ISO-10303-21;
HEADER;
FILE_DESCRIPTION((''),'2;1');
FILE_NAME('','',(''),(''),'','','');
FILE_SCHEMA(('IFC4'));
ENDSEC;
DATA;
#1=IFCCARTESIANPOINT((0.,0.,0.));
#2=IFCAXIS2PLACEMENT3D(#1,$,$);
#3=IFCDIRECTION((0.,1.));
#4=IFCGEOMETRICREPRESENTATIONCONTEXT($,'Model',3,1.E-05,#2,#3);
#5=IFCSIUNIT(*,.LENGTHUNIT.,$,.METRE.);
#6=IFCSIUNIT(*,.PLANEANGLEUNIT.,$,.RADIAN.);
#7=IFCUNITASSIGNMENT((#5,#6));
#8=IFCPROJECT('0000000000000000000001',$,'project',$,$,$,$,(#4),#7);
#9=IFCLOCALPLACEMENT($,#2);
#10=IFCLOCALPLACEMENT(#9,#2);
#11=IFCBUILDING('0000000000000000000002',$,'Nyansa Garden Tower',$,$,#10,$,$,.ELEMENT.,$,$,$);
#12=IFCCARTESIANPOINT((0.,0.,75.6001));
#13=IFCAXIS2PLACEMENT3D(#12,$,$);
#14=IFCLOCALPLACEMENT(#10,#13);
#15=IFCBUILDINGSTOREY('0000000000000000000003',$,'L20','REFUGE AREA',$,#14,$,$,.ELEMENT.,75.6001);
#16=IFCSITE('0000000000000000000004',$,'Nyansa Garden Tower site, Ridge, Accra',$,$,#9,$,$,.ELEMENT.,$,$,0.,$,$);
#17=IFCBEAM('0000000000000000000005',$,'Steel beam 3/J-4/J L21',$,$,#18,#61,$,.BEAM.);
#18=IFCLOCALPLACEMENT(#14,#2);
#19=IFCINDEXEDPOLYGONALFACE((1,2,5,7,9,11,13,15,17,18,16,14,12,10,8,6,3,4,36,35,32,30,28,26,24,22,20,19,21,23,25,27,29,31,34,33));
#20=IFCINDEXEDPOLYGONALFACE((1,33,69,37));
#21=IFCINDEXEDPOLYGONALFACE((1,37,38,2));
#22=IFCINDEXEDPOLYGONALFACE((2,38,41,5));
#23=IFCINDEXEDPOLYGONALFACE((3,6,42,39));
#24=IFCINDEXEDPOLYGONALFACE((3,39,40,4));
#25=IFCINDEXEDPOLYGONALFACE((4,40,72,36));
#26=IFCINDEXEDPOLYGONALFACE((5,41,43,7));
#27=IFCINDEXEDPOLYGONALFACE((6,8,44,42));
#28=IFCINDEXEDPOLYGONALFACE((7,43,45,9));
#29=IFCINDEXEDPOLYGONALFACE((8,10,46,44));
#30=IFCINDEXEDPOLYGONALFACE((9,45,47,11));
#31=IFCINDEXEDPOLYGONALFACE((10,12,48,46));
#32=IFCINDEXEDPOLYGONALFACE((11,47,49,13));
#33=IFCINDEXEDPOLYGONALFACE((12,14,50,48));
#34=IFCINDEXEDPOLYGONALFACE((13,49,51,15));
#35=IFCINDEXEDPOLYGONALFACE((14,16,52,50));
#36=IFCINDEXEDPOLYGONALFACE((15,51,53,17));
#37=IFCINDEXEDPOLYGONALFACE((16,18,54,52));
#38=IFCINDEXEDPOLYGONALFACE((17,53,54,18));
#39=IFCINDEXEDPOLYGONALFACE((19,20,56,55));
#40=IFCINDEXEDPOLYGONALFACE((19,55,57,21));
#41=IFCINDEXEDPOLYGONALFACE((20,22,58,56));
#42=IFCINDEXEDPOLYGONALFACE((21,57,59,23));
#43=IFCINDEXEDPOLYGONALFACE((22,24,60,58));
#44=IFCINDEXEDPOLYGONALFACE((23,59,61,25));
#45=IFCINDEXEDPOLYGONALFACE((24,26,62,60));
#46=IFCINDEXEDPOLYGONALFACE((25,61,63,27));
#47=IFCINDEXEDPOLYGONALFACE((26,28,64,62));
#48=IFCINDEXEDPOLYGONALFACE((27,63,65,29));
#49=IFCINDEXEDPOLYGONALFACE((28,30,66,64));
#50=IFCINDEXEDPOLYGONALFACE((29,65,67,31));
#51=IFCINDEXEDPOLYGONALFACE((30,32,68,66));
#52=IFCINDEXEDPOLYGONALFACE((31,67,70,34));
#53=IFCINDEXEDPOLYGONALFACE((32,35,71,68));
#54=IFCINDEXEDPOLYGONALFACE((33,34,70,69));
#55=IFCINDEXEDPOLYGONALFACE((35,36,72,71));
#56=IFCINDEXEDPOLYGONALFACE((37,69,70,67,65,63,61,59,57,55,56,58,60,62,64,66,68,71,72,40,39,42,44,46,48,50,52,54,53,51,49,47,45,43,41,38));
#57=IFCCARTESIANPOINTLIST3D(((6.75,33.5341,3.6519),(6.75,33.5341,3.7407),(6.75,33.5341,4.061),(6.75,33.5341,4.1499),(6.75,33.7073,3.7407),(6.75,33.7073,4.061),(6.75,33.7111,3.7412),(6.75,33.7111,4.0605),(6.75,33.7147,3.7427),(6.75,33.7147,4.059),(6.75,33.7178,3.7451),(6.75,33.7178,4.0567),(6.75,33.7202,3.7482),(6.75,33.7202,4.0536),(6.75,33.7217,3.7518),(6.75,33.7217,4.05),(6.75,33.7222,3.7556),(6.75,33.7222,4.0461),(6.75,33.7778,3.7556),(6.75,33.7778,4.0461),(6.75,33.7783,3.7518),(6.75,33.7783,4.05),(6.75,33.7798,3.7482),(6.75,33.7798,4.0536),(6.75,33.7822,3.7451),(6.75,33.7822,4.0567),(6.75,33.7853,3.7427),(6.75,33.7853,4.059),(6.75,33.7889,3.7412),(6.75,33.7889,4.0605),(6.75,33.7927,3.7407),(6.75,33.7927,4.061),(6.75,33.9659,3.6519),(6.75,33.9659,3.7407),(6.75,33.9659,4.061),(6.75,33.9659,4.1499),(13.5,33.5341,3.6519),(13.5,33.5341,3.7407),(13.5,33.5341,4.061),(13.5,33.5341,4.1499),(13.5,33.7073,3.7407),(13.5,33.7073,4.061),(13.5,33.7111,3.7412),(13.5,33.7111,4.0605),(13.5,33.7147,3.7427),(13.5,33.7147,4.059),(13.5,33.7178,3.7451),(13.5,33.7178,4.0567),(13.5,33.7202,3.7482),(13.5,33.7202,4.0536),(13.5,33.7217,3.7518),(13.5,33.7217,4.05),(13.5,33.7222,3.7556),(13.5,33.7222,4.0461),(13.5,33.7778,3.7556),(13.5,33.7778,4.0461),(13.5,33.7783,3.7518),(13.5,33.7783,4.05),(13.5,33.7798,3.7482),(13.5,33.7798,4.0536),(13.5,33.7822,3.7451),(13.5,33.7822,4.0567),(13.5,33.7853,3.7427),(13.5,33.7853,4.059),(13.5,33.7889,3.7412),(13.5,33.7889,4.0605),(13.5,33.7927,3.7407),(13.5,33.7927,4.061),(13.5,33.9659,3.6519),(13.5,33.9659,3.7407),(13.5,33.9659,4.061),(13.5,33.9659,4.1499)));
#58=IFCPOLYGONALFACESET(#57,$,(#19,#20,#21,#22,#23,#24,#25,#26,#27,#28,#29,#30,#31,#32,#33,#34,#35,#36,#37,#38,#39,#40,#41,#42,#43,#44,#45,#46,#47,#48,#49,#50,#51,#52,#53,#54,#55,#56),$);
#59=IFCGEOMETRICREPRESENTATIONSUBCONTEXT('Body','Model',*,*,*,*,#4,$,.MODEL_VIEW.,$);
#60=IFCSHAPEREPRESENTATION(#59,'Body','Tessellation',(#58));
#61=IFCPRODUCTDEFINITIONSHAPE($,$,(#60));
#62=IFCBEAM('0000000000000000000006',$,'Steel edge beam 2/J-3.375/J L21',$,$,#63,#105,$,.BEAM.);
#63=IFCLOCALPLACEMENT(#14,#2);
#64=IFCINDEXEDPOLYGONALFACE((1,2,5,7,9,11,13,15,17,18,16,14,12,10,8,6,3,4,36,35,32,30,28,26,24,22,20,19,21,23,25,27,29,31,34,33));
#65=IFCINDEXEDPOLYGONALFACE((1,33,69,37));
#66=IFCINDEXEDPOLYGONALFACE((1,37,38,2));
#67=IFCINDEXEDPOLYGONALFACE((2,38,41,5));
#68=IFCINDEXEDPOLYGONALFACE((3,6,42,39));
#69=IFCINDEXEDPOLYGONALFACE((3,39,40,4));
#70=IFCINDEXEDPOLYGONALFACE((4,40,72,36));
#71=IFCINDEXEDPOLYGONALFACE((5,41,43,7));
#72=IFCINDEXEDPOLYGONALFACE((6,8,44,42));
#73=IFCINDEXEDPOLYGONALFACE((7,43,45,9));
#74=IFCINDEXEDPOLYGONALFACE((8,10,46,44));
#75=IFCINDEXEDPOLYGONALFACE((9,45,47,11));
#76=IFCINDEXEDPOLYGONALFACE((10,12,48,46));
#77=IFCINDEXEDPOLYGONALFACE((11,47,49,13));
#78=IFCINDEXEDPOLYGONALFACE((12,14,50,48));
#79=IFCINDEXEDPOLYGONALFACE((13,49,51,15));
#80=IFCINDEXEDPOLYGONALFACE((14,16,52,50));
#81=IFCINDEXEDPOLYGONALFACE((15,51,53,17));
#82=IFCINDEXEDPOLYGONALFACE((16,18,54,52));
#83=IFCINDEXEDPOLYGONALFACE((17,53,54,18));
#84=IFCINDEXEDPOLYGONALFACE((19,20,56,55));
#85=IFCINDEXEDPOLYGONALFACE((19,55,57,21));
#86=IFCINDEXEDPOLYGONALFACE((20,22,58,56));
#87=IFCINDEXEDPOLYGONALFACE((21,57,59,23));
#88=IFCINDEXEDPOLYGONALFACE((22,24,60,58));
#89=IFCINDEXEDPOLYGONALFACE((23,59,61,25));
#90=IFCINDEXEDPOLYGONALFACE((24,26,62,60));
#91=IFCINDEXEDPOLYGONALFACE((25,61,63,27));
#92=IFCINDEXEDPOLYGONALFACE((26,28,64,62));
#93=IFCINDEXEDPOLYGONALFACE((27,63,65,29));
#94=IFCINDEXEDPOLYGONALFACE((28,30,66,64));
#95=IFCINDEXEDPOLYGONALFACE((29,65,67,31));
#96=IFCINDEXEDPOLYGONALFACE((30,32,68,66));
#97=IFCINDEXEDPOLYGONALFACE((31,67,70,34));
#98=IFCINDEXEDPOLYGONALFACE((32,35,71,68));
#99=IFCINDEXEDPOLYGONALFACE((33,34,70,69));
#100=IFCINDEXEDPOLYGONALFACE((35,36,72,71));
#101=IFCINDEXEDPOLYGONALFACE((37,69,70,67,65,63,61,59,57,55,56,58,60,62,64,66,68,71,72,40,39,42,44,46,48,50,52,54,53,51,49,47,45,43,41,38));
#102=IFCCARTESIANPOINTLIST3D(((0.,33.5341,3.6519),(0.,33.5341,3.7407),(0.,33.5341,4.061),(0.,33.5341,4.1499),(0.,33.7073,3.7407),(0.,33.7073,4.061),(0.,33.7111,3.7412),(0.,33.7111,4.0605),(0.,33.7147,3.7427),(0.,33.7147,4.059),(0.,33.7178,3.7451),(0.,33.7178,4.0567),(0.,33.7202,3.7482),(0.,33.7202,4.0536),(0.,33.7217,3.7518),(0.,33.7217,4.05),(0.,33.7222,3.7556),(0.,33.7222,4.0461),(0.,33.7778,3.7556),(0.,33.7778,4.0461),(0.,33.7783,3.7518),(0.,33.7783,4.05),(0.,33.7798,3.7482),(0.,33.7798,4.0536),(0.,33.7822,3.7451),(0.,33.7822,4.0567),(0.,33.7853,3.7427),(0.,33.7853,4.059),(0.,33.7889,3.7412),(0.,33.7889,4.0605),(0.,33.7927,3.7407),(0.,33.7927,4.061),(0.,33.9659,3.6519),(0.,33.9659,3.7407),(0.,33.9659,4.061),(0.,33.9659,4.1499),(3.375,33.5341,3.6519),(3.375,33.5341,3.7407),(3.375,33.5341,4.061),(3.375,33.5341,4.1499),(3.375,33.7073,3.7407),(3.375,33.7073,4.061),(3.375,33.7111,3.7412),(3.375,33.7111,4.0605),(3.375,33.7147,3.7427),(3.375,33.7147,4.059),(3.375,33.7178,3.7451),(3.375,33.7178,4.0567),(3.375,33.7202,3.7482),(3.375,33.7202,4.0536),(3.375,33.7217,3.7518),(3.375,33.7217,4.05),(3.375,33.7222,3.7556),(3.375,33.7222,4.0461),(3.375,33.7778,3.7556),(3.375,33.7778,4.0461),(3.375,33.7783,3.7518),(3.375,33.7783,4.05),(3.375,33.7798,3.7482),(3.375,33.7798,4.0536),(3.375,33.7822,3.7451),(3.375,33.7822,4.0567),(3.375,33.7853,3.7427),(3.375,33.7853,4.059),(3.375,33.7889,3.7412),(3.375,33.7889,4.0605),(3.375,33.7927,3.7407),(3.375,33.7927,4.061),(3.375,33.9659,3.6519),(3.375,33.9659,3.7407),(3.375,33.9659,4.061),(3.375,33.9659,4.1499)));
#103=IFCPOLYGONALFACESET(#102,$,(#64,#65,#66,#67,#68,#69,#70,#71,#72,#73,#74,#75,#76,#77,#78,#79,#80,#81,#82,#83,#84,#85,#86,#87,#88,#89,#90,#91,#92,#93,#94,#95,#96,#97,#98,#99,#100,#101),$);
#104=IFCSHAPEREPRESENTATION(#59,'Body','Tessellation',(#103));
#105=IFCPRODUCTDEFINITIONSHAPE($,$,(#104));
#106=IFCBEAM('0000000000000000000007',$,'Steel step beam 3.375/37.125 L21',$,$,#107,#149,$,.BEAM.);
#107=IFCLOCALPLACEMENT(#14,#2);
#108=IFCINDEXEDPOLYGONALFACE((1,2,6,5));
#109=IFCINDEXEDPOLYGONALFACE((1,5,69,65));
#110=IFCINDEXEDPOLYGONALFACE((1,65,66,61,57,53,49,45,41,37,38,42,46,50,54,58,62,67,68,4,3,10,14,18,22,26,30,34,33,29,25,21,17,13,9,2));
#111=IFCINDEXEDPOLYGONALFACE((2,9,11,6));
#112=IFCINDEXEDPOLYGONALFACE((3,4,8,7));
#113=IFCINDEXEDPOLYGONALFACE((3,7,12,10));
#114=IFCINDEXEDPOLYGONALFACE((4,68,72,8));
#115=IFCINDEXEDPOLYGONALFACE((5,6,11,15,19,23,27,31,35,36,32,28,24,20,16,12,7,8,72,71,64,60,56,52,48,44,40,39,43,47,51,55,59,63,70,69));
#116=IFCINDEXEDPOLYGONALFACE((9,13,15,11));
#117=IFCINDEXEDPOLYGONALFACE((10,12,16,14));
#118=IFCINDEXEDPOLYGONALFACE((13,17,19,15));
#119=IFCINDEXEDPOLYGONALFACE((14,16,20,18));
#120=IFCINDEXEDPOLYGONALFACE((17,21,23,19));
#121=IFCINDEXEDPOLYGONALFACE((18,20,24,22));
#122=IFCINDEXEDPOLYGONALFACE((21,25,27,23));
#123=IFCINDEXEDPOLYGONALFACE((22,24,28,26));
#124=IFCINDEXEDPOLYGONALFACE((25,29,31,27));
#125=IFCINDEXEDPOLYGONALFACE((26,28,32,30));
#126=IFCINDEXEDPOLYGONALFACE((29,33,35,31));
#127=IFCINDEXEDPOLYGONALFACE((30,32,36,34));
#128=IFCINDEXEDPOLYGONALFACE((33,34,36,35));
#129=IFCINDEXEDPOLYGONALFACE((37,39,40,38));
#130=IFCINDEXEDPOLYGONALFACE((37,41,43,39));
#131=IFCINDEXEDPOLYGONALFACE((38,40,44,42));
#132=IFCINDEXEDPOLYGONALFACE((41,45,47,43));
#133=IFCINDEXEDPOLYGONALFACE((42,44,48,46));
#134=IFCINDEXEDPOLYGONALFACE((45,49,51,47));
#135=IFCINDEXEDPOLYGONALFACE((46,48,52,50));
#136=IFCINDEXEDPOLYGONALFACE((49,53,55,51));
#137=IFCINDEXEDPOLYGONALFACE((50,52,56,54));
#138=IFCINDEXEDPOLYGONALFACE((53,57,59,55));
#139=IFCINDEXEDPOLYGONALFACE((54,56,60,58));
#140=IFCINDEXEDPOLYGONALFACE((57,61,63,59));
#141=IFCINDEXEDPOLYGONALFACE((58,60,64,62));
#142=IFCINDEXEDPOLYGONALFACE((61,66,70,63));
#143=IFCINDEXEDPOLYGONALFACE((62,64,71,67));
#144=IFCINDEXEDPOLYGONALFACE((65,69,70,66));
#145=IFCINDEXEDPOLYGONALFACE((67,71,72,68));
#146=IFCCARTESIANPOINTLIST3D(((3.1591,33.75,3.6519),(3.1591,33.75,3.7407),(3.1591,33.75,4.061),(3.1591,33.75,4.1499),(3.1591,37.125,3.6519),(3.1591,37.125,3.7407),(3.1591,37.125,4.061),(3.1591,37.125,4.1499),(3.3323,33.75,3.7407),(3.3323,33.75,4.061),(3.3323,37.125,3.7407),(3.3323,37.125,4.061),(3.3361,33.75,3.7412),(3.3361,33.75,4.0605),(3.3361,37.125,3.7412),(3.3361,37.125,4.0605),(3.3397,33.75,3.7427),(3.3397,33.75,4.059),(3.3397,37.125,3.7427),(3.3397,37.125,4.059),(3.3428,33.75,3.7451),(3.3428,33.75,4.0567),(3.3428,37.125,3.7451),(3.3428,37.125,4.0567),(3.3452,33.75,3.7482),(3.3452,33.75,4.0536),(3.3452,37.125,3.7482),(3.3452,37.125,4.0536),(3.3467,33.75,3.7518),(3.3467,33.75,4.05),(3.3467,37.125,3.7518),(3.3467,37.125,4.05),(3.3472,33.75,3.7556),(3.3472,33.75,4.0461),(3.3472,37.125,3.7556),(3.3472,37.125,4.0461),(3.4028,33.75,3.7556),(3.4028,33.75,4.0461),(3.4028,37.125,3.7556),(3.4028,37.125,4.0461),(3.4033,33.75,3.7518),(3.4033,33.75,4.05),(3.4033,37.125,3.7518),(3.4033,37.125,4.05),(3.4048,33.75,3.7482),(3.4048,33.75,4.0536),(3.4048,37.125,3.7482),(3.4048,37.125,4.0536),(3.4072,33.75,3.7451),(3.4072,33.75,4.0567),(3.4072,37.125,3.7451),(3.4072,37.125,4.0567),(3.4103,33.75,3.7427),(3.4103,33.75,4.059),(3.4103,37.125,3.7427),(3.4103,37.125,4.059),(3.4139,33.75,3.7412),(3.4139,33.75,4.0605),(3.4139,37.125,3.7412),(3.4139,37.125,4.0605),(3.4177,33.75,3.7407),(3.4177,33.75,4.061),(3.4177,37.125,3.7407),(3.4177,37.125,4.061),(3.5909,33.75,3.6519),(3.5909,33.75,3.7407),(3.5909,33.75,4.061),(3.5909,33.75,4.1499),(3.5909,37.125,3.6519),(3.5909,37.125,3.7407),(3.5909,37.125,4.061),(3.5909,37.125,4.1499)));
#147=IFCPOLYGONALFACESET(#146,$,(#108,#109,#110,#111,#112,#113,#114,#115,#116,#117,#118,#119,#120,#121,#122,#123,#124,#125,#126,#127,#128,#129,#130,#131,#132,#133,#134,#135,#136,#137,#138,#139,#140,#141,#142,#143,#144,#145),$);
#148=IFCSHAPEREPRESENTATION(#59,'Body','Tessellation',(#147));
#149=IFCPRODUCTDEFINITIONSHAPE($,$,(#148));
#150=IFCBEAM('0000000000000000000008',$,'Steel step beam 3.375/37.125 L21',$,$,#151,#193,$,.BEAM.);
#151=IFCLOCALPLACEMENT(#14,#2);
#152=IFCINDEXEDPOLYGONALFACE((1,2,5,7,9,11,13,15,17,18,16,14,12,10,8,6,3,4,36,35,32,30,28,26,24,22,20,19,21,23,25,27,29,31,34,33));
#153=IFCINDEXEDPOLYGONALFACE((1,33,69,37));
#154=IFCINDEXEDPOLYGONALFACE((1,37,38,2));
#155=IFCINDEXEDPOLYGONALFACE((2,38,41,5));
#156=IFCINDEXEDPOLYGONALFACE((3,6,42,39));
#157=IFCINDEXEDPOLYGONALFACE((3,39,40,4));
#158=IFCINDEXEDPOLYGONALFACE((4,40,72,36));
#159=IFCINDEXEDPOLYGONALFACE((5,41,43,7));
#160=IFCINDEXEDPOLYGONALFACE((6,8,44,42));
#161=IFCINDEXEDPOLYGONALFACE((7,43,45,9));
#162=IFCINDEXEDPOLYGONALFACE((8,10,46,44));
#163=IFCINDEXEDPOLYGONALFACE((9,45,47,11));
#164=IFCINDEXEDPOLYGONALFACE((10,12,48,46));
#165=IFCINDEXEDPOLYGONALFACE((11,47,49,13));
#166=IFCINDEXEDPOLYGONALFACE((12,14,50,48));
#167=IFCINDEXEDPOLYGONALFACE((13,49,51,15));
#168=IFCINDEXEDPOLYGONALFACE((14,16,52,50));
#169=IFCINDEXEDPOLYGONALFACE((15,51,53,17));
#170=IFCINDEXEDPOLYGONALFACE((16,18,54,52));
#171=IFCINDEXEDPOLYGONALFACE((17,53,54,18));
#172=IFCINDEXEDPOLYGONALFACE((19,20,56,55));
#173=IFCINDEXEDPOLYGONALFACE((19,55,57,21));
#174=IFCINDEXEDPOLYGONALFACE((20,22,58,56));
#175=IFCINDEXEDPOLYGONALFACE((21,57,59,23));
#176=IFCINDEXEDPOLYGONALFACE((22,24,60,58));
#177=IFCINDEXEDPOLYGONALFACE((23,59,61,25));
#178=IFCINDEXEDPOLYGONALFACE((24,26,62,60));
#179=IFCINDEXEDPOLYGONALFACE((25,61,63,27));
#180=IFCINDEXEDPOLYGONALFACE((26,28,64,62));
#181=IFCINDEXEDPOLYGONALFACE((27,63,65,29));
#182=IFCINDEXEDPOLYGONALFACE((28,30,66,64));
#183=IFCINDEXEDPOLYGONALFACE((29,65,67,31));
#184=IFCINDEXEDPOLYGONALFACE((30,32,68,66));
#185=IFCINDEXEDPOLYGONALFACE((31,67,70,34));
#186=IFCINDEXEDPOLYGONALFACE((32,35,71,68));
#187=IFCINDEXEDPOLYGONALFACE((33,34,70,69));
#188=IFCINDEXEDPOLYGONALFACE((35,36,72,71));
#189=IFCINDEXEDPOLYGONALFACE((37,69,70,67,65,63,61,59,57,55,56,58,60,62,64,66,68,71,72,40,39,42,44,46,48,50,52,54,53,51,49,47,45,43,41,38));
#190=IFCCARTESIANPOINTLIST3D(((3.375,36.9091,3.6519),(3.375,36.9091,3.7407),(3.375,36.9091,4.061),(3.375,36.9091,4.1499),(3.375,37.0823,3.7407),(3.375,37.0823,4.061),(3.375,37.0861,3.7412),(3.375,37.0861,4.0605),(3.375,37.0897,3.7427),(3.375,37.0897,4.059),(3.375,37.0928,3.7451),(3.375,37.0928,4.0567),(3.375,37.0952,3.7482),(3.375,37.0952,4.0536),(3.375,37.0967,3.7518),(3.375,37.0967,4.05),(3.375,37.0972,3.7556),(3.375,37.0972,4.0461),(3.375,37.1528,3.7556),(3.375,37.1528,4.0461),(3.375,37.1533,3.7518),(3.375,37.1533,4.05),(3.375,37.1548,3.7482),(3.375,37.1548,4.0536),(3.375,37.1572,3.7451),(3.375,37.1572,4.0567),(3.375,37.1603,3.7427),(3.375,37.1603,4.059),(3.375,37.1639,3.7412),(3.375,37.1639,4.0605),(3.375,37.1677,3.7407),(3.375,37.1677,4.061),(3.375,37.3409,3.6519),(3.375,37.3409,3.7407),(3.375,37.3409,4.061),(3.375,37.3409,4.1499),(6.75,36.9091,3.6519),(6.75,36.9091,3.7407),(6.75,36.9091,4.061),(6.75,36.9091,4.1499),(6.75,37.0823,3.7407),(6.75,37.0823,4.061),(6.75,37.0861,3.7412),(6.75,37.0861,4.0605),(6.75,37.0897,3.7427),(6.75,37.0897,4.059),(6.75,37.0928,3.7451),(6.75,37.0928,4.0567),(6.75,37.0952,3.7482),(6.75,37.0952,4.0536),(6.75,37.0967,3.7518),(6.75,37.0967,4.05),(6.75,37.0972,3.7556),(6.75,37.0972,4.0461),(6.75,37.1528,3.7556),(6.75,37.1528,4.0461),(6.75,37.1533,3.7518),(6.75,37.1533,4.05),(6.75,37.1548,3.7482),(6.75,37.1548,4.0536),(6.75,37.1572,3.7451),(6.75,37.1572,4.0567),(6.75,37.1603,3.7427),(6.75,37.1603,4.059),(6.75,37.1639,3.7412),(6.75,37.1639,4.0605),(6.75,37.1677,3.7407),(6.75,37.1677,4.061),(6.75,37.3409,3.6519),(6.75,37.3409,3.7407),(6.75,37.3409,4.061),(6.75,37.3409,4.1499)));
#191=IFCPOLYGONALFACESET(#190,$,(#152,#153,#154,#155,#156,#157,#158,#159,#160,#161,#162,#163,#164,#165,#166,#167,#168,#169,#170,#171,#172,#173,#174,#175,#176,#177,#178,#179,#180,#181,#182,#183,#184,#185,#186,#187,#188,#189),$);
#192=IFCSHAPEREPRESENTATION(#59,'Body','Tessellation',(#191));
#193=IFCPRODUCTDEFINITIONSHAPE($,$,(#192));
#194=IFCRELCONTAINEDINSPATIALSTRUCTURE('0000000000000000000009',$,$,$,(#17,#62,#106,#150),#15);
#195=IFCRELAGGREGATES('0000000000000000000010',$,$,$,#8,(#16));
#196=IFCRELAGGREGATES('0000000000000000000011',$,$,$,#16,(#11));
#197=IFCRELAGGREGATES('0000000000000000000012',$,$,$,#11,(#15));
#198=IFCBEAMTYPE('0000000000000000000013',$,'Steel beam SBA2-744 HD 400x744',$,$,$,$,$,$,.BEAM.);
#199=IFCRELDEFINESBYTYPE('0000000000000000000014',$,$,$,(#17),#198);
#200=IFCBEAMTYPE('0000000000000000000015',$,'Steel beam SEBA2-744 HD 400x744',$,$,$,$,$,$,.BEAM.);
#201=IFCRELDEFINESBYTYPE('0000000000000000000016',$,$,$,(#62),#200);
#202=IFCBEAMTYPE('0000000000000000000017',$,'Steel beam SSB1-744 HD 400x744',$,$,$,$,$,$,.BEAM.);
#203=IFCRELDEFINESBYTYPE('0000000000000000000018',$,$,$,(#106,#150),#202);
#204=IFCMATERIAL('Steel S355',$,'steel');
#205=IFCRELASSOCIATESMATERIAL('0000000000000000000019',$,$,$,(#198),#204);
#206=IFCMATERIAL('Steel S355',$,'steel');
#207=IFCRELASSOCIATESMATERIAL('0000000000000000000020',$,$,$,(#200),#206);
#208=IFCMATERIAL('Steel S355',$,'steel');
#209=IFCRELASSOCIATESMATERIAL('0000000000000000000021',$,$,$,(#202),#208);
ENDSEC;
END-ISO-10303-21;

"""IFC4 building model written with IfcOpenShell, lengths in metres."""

from ifc_helpers import new_model, si_unit, direction, frame, origin, origin_2d, place, context, subcontext, project, spatial, i_section, extrude, material, material_profile, profile_set, type_object, element, save


model = new_model("IFC4")

# Units and contexts
model_context = context("Model", 3, precision=1e-05, world=origin(), true_north=direction((0.0, 1.0)))
body_context = subcontext(model_context, "Body", "Model", "MODEL_VIEW")
ifc_project = project(units=[si_unit("LENGTHUNIT", "METRE"), si_unit("PLANEANGLEUNIT", "RADIAN")], contexts=[model_context])

# Site, building, storey
site_placement = place(None, origin())
site = spatial("IfcSite", under=ifc_project, at=site_placement, Name="Nyansa Garden Tower site, Ridge, Accra", CompositionType="ELEMENT", RefElevation=0.0)
building_placement = place(site_placement, origin())
building = spatial("IfcBuilding", under=site, at=building_placement, Name="Nyansa Garden Tower", CompositionType="ELEMENT")
storey_placement = place(building_placement, frame((0.0, 0.0, 75.6001)))
storey = spatial("IfcBuildingStorey", under=building, at=storey_placement, Name="L20", Description="REFUGE AREA", CompositionType="ELEMENT", Elevation=75.6001)

# Beams
ifc_material_1 = material(Name="Steel S355", Category="steel")
ifc_material_profile_1 = material_profile(ifc_material_1, i_section(OverallWidth=0.4319, OverallDepth=0.498, WebThickness=0.0557, FlangeThickness=0.0889, FilletRadius=0.0149, at=origin_2d()), Name="HD 400x744")
ifc_profile_set_1 = profile_set([ifc_material_profile_1], Name="Steel S355")
beam_type_1 = type_object("IfcBeamType", Name="Steel beam SBA2-744 HD 400x744", PredefinedType="BEAM", material=ifc_profile_set_1)
beam_1_placement = place(storey_placement, frame((6.75, 33.75, 3.9009), z_axis=(1.0, 0.0, 0.0), x_axis=(0.0, 1.0, 0.0)))
element("IfcBeam", 1, at=beam_1_placement, inside=storey, type_object=beam_type_1, Name="Steel beam 3/J-4/J L21", PredefinedType="BEAM", context=body_context, shape_type="SweptSolid", body=[
    extrude(i_section(OverallWidth=0.4319, OverallDepth=0.498, WebThickness=0.0557, FlangeThickness=0.0889, FilletRadius=0.0149, at=origin_2d()), origin(), (0.0, 0.0, 1.0), 6.75),
])
ifc_material_2 = material(Name="Steel S355", Category="steel")
ifc_material_profile_2 = material_profile(ifc_material_2, i_section(OverallWidth=0.4319, OverallDepth=0.498, WebThickness=0.0557, FlangeThickness=0.0889, FilletRadius=0.0149, at=origin_2d()), Name="HD 400x744")
ifc_profile_set_2 = profile_set([ifc_material_profile_2], Name="Steel S355")
beam_type_2 = type_object("IfcBeamType", Name="Steel beam SEBA2-744 HD 400x744", PredefinedType="BEAM", material=ifc_profile_set_2)
beam_2_placement = place(storey_placement, frame((0.0, 33.75, 3.9009), z_axis=(1.0, 0.0, 0.0), x_axis=(0.0, 1.0, 0.0)))
element("IfcBeam", 2, at=beam_2_placement, inside=storey, type_object=beam_type_2, Name="Steel edge beam 2/J-3.375/J L21", PredefinedType="BEAM", context=body_context, shape_type="SweptSolid", body=[
    extrude(i_section(OverallWidth=0.4319, OverallDepth=0.498, WebThickness=0.0557, FlangeThickness=0.0889, FilletRadius=0.0149, at=origin_2d()), origin(), (0.0, 0.0, 1.0), 3.375),
])
ifc_material_3 = material(Name="Steel S355", Category="steel")
ifc_material_profile_3 = material_profile(ifc_material_3, i_section(OverallWidth=0.4319, OverallDepth=0.498, WebThickness=0.0557, FlangeThickness=0.0889, FilletRadius=0.0149, at=origin_2d()), Name="HD 400x744")
ifc_profile_set_3 = profile_set([ifc_material_profile_3], Name="Steel S355")
beam_type_3 = type_object("IfcBeamType", Name="Steel beam SSB1-744 HD 400x744", PredefinedType="BEAM", material=ifc_profile_set_3)
for number, where, z_axis, x_axis, name in (
    (3, (3.375, 37.125, 3.9009), (0.0, -1.0, 0.0), (1.0, 0.0, 0.0), "Steel step beam 3.375/37.125 L21"),
    (4, (3.375, 37.125, 3.9009), (1.0, 0.0, 0.0), (0.0, 1.0, 0.0), "Steel step beam 3.375/37.125 L21"),
):
    element("IfcBeam", number, at=place(storey_placement, frame(where, z_axis=z_axis, x_axis=x_axis)), inside=storey, type_object=beam_type_3, Name=name, PredefinedType="BEAM", context=body_context, shape_type="SweptSolid", body=[
        extrude(i_section(OverallWidth=0.4319, OverallDepth=0.498, WebThickness=0.0557, FlangeThickness=0.0889, FilletRadius=0.0149, at=origin_2d()), origin(), (0.0, 0.0, 1.0), 3.375),
    ])

save(model, "model.ifc")
